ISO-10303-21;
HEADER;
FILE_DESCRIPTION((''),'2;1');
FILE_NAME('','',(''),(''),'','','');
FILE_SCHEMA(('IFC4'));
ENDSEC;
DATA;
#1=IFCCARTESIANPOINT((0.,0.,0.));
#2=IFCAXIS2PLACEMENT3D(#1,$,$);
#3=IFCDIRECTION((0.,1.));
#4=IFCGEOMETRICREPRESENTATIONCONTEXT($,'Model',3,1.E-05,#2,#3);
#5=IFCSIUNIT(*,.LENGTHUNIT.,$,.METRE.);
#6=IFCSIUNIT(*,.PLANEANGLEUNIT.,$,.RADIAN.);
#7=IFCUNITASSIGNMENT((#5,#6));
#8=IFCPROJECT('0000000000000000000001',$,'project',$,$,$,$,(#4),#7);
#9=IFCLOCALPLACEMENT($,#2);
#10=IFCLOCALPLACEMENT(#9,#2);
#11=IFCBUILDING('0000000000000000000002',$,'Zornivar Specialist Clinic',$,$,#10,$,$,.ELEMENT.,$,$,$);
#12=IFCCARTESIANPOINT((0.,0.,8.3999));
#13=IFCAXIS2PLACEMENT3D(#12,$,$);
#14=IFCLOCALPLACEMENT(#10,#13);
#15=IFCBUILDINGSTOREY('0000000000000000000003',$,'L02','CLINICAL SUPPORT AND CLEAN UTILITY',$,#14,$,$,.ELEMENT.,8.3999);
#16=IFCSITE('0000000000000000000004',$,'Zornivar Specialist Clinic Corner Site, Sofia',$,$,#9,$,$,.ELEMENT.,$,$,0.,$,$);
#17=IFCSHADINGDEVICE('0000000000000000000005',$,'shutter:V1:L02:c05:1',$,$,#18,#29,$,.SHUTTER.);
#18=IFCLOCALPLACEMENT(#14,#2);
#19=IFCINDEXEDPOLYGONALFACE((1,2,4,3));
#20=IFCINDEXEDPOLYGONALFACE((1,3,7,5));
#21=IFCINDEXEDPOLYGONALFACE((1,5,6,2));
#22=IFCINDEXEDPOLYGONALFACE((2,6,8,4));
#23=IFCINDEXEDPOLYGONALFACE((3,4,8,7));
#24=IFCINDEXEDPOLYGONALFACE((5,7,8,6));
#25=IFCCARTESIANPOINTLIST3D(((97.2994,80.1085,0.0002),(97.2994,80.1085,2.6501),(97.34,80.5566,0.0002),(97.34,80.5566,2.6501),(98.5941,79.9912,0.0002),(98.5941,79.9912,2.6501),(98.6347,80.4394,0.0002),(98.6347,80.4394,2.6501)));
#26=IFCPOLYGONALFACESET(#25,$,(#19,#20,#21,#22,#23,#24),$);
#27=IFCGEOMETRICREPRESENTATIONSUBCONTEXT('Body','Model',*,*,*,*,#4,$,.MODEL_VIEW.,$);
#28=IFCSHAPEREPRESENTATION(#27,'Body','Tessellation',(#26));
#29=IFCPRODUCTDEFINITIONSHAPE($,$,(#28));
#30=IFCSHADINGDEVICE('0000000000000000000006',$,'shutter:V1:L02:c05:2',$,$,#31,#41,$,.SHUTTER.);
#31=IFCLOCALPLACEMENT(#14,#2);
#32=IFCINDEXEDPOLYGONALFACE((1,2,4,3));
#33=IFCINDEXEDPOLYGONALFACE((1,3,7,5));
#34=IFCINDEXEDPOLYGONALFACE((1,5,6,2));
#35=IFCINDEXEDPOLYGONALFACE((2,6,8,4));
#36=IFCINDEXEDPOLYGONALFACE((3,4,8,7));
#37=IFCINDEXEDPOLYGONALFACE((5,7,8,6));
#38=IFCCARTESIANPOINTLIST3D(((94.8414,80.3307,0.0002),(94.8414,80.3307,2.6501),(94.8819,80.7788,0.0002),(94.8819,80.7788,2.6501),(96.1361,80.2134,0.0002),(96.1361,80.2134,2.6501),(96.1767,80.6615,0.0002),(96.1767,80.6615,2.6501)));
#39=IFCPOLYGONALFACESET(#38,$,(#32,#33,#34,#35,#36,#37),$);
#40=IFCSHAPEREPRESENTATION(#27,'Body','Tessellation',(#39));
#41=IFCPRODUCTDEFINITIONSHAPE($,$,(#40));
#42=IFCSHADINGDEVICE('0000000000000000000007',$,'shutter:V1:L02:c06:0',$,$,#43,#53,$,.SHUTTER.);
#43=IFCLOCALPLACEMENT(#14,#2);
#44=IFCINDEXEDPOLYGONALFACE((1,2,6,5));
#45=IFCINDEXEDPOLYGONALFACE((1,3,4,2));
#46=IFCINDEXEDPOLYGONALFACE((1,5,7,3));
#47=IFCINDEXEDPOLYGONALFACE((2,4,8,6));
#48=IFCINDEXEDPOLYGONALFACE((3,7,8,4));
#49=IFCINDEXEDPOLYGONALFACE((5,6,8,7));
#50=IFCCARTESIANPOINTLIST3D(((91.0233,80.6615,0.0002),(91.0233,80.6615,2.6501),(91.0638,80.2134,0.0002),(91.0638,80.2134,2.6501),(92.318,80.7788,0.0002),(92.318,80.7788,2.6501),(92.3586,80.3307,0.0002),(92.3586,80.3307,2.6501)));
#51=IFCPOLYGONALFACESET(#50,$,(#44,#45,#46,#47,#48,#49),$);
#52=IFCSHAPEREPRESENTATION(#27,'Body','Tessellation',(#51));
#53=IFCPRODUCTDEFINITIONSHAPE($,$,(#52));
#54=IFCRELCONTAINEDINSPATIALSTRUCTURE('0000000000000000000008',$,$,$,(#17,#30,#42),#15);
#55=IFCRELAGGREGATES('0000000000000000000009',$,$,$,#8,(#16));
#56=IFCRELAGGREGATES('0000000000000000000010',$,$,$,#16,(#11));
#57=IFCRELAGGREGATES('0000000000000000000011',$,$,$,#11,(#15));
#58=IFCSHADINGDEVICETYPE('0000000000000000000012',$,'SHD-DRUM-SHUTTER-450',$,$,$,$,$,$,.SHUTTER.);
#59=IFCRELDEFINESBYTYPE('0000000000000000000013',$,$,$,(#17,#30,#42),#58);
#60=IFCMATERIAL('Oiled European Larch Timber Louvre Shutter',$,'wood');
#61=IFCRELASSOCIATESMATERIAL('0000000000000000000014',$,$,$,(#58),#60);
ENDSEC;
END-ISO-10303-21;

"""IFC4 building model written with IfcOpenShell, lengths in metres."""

from ifc_helpers import new_model, si_unit, direction, frame, origin, origin_2d, place, context, subcontext, project, spatial, rectangle, extrude, material, type_object, element, save


model = new_model("IFC4")

# Units and contexts
model_context = context("Model", 3, precision=1e-05, world=origin(), true_north=direction((0.0, 1.0)))
body_context = subcontext(model_context, "Body", "Model", "MODEL_VIEW")
ifc_project = project(units=[si_unit("LENGTHUNIT", "METRE"), si_unit("PLANEANGLEUNIT", "RADIAN")], contexts=[model_context])

# Site, building, storey
site_placement = place(None, origin())
site = spatial("IfcSite", under=ifc_project, at=site_placement, Name="Zornivar Specialist Clinic Corner Site, Sofia", CompositionType="ELEMENT", RefElevation=0.0)
building_placement = place(site_placement, origin())
building = spatial("IfcBuilding", under=site, at=building_placement, Name="Zornivar Specialist Clinic", CompositionType="ELEMENT")
storey_placement = place(building_placement, frame((0.0, 0.0, 8.3999)))
storey = spatial("IfcBuildingStorey", under=building, at=storey_placement, Name="L02", Description="CLINICAL SUPPORT AND CLEAN UTILITY", CompositionType="ELEMENT", Elevation=8.3999)

# Shading devices
ifc_material_1 = material(Name="Oiled European Larch Timber Louvre Shutter", Category="wood")
shading_device_type = type_object("IfcShadingDeviceType", Name="SHD-DRUM-SHUTTER-450", PredefinedType="SHUTTER", material=ifc_material_1)
for number, where, z_axis, x_axis, name in (
    (1, (97.967, 80.2739, 0.0002), (0.0, 0.0, 1.0), (-0.995925, 0.090188, 0.0), "shutter:V1:L02:c05:1"),
    (2, (95.509, 80.4961, 0.0002), (0.0, 0.0, 1.0), (-0.995925, 0.090188, 0.0), "shutter:V1:L02:c05:2"),
    (3, (91.6909, 80.4961, 0.0002), (0.0, 0.0, 1.0), (-0.995925, -0.090188, 0.0), "shutter:V1:L02:c06:0"),
):
    element("IfcShadingDevice", number, at=place(storey_placement, frame(where, z_axis=z_axis, x_axis=x_axis)), inside=storey, type_object=shading_device_type, Name=name, PredefinedType="SHUTTER", context=body_context, shape_type="SweptSolid", body=[
        extrude(rectangle(XDim=1.3, YDim=0.45, at=origin_2d()), origin(), (0.0, 0.0, 1.0), 2.6499),
    ])

save(model, "model.ifc")
